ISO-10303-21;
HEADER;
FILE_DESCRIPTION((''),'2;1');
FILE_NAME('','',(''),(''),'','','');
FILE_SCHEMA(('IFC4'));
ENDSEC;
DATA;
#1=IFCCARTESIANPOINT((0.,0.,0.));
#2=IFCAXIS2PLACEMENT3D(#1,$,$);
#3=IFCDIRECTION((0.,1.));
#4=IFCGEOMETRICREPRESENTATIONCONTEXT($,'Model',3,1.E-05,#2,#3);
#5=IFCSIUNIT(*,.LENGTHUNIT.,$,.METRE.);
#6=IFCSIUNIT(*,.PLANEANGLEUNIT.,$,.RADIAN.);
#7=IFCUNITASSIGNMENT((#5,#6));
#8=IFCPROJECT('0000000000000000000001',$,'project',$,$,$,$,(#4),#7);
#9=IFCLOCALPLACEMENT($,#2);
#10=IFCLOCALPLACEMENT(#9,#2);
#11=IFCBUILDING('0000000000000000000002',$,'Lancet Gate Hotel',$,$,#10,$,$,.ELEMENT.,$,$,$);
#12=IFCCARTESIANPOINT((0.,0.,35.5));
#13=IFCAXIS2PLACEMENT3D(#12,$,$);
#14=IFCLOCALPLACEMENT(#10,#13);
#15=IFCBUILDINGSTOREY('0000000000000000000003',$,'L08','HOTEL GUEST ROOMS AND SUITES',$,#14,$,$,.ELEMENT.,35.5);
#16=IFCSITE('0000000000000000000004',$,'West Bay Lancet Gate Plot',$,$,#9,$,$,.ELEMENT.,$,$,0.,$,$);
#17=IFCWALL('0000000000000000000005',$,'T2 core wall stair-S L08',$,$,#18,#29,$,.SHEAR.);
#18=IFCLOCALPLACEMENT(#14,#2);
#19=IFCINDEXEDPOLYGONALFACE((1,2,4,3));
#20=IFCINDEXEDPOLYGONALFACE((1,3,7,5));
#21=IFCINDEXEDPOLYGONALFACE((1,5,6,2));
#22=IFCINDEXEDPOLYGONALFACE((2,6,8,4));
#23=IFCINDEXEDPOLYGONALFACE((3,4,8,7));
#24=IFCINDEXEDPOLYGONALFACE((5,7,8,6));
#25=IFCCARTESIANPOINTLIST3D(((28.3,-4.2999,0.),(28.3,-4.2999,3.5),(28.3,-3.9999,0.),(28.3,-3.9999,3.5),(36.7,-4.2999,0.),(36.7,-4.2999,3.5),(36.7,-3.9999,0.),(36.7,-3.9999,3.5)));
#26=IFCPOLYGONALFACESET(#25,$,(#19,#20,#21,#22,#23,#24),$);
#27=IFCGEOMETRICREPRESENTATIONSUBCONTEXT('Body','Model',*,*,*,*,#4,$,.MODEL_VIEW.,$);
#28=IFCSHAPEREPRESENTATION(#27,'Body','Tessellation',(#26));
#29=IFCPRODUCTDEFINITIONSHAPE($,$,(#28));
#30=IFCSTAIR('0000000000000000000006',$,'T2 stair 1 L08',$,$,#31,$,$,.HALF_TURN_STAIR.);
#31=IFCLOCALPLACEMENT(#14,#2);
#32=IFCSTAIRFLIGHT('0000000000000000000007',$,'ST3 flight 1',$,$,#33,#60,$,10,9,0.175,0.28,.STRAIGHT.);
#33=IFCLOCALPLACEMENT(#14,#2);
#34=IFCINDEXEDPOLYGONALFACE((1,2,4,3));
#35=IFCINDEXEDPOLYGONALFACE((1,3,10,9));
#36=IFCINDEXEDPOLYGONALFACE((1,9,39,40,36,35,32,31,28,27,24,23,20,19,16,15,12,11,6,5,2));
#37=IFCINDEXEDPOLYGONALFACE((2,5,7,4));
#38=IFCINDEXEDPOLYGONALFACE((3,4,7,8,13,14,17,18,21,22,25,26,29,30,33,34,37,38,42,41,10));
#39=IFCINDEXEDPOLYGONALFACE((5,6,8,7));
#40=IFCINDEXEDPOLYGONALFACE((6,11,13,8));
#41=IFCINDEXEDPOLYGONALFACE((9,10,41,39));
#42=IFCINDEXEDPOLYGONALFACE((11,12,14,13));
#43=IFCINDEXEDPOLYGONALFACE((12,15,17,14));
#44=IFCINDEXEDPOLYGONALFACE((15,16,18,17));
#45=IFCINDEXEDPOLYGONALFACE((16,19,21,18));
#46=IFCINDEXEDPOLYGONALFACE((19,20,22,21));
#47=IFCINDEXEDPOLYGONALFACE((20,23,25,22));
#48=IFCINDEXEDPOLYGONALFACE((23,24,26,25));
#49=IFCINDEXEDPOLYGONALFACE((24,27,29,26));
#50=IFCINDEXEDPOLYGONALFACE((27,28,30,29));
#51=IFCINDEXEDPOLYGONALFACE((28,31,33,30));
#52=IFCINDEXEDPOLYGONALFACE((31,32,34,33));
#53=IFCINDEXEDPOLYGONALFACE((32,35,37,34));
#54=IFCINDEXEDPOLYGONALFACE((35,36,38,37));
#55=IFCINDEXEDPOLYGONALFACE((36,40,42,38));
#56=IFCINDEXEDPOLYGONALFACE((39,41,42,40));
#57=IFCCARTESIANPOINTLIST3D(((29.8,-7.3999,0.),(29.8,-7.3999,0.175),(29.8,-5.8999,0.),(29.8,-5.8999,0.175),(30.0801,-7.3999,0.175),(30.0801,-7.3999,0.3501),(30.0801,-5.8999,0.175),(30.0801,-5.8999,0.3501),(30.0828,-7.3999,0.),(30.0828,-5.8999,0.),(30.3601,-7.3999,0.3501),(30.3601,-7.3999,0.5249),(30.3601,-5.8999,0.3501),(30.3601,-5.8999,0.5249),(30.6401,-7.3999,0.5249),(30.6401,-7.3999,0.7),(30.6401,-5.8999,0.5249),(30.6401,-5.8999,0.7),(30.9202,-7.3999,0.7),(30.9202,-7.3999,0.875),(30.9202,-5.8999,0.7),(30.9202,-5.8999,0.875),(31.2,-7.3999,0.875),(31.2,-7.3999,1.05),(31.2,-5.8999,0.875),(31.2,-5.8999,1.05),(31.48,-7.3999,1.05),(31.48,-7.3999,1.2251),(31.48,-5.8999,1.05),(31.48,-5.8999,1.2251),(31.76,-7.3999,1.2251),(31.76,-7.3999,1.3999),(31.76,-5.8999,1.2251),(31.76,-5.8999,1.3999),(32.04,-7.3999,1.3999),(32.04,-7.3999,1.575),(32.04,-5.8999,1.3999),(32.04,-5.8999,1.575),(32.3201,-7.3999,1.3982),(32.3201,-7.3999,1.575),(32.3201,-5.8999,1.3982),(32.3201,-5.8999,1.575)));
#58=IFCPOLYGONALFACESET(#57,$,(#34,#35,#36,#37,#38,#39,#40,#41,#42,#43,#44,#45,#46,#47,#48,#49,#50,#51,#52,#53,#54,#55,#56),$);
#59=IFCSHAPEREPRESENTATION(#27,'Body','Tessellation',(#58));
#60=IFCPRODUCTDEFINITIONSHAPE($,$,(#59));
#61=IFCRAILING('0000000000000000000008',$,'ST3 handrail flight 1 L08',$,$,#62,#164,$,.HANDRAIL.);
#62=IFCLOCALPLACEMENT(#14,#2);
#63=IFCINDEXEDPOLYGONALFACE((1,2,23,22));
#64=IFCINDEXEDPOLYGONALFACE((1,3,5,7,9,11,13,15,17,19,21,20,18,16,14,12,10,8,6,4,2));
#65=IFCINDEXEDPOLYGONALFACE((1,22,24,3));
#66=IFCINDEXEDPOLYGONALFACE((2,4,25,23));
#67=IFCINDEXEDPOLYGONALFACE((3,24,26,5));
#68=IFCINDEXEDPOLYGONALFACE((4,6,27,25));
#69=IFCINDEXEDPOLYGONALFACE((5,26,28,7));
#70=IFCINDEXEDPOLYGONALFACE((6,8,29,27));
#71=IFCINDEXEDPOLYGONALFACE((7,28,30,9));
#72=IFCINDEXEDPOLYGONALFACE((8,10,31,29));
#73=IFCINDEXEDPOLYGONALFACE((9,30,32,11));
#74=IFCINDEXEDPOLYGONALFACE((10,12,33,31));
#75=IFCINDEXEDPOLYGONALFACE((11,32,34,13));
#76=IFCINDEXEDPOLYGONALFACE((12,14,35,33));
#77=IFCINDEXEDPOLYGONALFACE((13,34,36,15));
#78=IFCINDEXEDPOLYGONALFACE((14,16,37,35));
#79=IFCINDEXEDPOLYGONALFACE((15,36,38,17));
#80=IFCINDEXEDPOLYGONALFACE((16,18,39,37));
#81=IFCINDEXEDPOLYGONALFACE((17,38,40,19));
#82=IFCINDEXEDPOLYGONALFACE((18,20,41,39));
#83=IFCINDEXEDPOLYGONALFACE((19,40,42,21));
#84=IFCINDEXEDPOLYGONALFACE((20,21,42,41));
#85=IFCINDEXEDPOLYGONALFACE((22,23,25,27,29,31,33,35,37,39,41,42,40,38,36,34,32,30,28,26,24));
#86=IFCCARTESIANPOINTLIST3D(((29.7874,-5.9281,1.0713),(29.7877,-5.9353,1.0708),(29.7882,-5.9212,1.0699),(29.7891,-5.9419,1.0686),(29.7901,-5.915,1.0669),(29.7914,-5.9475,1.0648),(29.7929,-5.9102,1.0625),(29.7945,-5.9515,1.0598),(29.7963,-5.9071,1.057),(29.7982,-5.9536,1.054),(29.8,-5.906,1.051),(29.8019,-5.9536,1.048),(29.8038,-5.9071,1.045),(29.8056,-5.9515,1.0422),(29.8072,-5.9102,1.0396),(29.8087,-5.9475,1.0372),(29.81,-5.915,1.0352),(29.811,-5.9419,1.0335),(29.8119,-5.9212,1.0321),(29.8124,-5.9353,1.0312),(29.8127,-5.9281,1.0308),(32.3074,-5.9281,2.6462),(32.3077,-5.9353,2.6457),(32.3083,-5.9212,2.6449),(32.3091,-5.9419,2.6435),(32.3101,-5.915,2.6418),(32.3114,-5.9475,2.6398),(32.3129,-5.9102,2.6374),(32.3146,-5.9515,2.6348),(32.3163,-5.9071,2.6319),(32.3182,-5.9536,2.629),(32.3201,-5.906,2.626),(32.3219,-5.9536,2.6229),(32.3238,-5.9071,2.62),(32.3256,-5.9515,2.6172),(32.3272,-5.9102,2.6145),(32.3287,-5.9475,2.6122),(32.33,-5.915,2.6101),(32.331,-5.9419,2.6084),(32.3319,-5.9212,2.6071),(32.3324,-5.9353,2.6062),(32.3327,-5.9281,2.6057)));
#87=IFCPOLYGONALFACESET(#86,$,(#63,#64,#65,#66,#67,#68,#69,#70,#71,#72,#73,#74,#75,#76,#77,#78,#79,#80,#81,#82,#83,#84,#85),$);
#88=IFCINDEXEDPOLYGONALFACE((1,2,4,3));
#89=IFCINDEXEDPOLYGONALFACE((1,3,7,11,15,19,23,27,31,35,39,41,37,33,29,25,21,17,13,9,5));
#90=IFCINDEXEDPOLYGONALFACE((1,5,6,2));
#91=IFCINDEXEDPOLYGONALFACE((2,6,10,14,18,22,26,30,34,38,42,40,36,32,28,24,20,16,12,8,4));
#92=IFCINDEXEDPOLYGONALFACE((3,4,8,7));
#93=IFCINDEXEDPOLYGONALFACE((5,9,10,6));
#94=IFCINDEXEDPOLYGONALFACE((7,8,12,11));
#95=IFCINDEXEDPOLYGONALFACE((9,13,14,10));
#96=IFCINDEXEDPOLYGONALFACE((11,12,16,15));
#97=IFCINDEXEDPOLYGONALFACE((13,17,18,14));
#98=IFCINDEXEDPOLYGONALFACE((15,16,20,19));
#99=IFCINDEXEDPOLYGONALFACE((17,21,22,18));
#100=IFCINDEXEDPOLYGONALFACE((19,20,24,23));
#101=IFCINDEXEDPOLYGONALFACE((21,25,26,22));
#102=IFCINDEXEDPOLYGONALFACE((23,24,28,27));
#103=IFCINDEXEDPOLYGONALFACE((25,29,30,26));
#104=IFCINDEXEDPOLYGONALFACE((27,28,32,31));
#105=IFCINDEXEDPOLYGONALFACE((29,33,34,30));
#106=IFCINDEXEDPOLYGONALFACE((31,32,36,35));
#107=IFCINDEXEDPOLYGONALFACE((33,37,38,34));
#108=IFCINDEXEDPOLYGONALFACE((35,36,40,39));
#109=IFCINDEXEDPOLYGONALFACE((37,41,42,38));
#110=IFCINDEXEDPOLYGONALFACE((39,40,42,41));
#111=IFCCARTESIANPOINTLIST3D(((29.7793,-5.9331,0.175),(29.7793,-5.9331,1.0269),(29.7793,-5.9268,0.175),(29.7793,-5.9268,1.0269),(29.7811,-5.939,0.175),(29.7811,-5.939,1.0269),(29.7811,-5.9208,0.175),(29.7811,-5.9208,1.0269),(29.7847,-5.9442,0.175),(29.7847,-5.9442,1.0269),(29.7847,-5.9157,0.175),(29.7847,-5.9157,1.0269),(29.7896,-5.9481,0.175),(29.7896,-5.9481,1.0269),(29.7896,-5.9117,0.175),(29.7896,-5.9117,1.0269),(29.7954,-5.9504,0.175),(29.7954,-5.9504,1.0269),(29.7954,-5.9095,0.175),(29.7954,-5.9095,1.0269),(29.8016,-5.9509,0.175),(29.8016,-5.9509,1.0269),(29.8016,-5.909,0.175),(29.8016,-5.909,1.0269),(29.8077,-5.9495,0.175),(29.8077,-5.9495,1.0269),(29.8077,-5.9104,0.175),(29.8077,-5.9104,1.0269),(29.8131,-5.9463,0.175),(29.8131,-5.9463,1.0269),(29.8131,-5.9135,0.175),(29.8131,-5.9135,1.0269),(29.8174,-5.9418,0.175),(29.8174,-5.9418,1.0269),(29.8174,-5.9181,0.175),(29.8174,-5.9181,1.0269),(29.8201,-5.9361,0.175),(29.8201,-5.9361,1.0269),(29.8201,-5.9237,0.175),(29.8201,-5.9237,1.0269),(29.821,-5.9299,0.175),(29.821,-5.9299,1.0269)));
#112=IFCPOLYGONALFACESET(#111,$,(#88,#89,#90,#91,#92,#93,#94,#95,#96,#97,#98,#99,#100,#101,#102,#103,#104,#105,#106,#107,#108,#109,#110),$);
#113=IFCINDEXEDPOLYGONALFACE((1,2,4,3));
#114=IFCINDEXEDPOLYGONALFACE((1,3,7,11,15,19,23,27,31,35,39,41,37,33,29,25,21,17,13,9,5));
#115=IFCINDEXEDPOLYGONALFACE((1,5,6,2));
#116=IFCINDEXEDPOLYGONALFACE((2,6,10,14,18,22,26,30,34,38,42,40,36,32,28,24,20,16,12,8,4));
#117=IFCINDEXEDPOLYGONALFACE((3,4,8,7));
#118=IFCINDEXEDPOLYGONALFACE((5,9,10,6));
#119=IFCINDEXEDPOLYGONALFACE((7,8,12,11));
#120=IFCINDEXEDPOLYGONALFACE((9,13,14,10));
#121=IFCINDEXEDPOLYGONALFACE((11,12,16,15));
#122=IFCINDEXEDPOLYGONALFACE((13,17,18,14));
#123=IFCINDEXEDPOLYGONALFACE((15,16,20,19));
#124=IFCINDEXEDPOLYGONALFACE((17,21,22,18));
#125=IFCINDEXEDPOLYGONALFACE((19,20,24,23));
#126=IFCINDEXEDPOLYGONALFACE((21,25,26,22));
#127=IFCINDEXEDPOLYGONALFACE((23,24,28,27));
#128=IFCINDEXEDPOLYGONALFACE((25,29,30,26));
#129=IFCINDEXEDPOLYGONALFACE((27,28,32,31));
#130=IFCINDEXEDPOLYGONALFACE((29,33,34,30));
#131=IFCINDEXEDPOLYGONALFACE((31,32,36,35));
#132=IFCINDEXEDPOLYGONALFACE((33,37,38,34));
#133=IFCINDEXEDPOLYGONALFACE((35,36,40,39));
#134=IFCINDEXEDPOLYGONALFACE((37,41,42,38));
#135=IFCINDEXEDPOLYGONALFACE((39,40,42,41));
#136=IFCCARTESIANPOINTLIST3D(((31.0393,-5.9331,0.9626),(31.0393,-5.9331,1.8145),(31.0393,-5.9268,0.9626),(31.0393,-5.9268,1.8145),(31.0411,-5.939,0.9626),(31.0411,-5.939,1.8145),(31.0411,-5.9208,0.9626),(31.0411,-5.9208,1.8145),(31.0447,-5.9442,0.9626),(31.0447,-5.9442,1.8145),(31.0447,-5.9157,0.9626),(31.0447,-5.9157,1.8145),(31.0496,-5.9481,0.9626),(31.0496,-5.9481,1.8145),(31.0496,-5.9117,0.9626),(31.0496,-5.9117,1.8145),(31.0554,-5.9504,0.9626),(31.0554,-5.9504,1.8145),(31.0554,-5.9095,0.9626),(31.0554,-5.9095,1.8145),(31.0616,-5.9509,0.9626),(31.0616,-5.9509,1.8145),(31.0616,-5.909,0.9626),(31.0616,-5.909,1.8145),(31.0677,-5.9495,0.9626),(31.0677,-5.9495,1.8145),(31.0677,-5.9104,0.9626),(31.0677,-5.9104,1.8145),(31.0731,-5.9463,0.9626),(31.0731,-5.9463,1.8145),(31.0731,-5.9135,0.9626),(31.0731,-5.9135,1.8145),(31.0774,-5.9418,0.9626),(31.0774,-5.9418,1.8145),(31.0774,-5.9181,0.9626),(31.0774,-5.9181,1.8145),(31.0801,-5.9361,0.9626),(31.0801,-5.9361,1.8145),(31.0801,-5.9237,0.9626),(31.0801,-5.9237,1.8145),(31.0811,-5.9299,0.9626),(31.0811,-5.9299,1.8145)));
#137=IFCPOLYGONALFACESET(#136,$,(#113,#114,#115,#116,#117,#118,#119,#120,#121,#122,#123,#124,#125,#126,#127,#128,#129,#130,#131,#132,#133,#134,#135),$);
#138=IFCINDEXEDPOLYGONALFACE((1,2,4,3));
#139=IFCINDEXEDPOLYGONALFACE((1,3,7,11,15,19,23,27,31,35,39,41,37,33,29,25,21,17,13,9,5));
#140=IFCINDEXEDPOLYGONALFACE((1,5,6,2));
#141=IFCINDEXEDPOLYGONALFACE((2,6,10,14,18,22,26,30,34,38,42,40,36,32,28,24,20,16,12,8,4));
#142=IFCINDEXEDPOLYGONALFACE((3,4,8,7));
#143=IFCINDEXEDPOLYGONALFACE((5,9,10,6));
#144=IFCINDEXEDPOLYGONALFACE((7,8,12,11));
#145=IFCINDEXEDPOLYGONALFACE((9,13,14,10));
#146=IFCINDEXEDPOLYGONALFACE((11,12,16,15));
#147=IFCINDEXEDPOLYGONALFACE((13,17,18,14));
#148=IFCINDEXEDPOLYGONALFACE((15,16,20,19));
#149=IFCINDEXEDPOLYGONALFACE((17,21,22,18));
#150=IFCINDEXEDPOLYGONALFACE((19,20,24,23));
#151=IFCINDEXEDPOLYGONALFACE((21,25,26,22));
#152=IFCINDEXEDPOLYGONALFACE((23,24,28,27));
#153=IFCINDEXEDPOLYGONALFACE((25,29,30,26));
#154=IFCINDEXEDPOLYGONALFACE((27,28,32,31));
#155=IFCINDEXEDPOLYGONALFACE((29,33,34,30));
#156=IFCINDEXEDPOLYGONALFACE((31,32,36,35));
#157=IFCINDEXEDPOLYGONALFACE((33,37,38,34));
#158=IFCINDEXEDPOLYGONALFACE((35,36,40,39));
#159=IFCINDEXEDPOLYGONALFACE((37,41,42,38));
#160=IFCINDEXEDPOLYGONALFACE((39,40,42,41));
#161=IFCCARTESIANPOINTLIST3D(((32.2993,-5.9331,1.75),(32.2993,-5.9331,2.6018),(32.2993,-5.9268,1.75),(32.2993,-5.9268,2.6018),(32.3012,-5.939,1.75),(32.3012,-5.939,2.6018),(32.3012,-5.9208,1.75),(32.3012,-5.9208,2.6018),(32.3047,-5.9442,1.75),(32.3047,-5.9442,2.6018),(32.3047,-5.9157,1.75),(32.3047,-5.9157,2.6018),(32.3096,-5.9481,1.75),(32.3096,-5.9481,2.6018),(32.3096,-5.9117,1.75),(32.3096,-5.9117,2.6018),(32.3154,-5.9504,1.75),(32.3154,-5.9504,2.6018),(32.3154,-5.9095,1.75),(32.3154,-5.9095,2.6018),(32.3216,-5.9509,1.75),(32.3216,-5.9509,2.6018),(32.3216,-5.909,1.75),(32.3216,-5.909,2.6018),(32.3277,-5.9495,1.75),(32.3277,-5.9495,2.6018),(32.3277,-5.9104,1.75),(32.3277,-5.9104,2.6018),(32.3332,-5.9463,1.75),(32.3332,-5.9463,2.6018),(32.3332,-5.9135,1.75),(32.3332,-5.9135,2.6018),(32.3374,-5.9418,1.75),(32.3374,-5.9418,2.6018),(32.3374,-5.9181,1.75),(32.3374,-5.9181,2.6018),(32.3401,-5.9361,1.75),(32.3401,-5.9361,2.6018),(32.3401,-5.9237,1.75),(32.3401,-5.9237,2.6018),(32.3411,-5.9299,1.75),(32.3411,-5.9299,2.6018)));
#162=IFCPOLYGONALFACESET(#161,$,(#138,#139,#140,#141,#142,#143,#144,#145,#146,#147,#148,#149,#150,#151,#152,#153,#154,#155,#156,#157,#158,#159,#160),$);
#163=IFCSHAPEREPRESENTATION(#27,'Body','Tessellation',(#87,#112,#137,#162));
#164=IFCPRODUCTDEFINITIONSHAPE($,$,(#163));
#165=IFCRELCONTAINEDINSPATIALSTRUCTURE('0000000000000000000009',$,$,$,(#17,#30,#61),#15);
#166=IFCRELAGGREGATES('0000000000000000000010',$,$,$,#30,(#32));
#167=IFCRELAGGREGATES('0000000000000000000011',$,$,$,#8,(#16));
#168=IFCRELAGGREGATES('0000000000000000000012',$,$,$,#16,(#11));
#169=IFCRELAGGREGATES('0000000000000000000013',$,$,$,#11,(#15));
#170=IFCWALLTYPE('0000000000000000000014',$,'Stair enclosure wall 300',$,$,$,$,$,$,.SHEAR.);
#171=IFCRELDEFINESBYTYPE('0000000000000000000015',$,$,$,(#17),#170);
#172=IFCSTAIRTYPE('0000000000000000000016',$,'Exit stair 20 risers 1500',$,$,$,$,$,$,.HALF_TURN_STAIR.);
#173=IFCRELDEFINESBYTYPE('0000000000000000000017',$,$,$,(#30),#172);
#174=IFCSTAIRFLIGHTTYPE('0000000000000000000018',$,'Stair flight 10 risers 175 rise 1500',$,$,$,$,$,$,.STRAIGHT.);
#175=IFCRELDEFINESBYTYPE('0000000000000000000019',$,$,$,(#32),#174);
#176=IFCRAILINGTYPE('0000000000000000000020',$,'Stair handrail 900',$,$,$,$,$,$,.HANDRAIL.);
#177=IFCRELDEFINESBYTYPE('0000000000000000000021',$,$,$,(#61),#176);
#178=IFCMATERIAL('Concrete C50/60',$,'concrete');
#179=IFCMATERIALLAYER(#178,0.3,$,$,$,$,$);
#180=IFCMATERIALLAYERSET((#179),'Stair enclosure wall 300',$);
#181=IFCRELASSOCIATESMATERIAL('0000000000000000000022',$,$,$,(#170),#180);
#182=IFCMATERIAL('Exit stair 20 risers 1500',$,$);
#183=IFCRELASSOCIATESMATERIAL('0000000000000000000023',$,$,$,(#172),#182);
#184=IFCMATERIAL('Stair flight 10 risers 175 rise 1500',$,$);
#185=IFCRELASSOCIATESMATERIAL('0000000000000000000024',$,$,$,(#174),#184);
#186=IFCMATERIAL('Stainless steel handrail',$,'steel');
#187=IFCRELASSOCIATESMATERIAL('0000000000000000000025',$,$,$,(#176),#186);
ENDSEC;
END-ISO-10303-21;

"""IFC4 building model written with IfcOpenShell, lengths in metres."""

from ifc_helpers import new_model, si_unit, direction, frame, frame_2d, origin, origin_2d, place, context, subcontext, project, spatial, polyline, rectangle, circle, outline, extrude, material, layer, layer_set, type_object, element, aggregate, save


model = new_model("IFC4")

# Units and contexts
model_context = context("Model", 3, precision=1e-05, world=origin(), true_north=direction((0.0, 1.0)))
body_context = subcontext(model_context, "Body", "Model", "MODEL_VIEW")
ifc_project = project(units=[si_unit("LENGTHUNIT", "METRE"), si_unit("PLANEANGLEUNIT", "RADIAN")], contexts=[model_context])

# Site, building, storey
site_placement = place(None, origin())
site = spatial("IfcSite", under=ifc_project, at=site_placement, Name="West Bay Lancet Gate Plot", CompositionType="ELEMENT", RefElevation=0.0)
building_placement = place(site_placement, origin())
building = spatial("IfcBuilding", under=site, at=building_placement, Name="Lancet Gate Hotel", CompositionType="ELEMENT")
storey_placement = place(building_placement, frame((0.0, 0.0, 35.5)))
storey = spatial("IfcBuildingStorey", under=building, at=storey_placement, Name="L08", Description="HOTEL GUEST ROOMS AND SUITES", CompositionType="ELEMENT", Elevation=35.5)

# Wall
ifc_material_1 = material(Name="Concrete C50/60", Category="concrete")
ifc_layer_1 = layer(ifc_material_1, 0.3)
ifc_layer_set_1 = layer_set([ifc_layer_1], Name="Stair enclosure wall 300")
wall_type_1 = type_object("IfcWallType", Name="Stair enclosure wall 300", PredefinedType="SHEAR", material=ifc_layer_set_1)
wall_1_placement = place(storey_placement, frame((28.3, -4.1499, 0.0), z_axis=(0.0, 0.0, 1.0), x_axis=(1.0, 0.0, 0.0)))
element("IfcWall", 1, at=wall_1_placement, inside=storey, type_object=wall_type_1, Name="T2 core wall stair-S L08", PredefinedType="SHEAR", context=body_context, shape_type="SweptSolid", body=[
    extrude(rectangle(XDim=8.3999, YDim=0.3, at=frame_2d((4.2, 0.0))), origin(), (0.0, 0.0, 1.0), 3.5),
])

# Stair, stair flight
ifc_material_2 = material(Name="Exit stair 20 risers 1500")
stair_type = type_object("IfcStairType", Name="Exit stair 20 risers 1500", PredefinedType="HALF_TURN_STAIR", material=ifc_material_2)
stair_placement = place(storey_placement, origin())
stair = element("IfcStair", 2, at=stair_placement, inside=storey, type_object=stair_type, Name="T2 stair 1 L08", PredefinedType="HALF_TURN_STAIR")
ifc_material_3 = material(Name="Stair flight 10 risers 175 rise 1500")
stair_flight_type = type_object("IfcStairFlightType", Name="Stair flight 10 risers 175 rise 1500", PredefinedType="STRAIGHT", material=ifc_material_3)
stair_flight_placement = place(storey_placement, frame((29.8, -6.6499, 0.0), z_axis=(0.0, 0.0, 1.0), x_axis=(1.0, 0.0, 0.0)))
stair_flight = element("IfcStairFlight", 3, at=stair_flight_placement, type_object=stair_flight_type, Name="ST3 flight 1", NumberOfRisers=10, NumberOfTreads=9, PredefinedType="STRAIGHT", RiserHeight=0.175, TreadLength=0.28, context=body_context, shape_type="SweptSolid", body=[
    extrude(outline(polyline([(0.0, 0.0), (0.0, 0.175), (0.28, 0.175), (0.28, 0.3501), (0.5601, 0.3501), (0.5601, 0.5249), (0.8401, 0.5249), (0.8401, 0.7), (1.1201, 0.7), (1.1201, 0.875), (1.3999, 0.875), (1.3999, 1.05), (1.6799, 1.05), (1.6799, 1.2251), (1.96, 1.2251), (1.96, 1.3999), (2.24, 1.3999), (2.24, 1.575), (2.52, 1.575), (2.52, 1.75), (2.52, 1.3982), (0.2827, 0.0), (0.0, 0.0)])), frame((0.0, 0.75, 0.0), z_axis=(0.0, -1.0, 0.0), x_axis=(1.0, 0.0, 0.0)), (0.0, 0.0, 1.0), 1.5),
])
aggregate(stair, [stair_flight])

# Railing
ifc_material_4 = material(Name="Stainless steel handrail", Category="steel")
railing_type = type_object("IfcRailingType", Name="Stair handrail 900", PredefinedType="HANDRAIL", material=ifc_material_4)
railing_placement = place(storey_placement, frame((29.8, -5.9299, 0.175)))
element("IfcRailing", 4, at=railing_placement, inside=storey, type_object=railing_type, Name="ST3 handrail flight 1 L08", PredefinedType="HANDRAIL", context=body_context, shape_type="SweptSolid", body=[
    extrude(circle(Radius=0.0239, at=origin_2d()), frame((0.0, 0.0, 0.876), z_axis=(0.848008, 0.0, 0.529984), x_axis=(0.0, 1.0, 0.0)), (0.0, 0.0, 1.0), 2.9717),
    extrude(circle(Radius=0.021, at=origin_2d()), origin(), (0.0, 0.0, 1.0), 0.8518),
    extrude(circle(Radius=0.021, at=origin_2d()), frame((1.26, 0.0, 0.7876)), (0.0, 0.0, 1.0), 0.8518),
    extrude(circle(Radius=0.021, at=origin_2d()), frame((2.52, 0.0, 1.575)), (0.0, 0.0, 1.0), 0.8518),
])

save(model, "model.ifc")
